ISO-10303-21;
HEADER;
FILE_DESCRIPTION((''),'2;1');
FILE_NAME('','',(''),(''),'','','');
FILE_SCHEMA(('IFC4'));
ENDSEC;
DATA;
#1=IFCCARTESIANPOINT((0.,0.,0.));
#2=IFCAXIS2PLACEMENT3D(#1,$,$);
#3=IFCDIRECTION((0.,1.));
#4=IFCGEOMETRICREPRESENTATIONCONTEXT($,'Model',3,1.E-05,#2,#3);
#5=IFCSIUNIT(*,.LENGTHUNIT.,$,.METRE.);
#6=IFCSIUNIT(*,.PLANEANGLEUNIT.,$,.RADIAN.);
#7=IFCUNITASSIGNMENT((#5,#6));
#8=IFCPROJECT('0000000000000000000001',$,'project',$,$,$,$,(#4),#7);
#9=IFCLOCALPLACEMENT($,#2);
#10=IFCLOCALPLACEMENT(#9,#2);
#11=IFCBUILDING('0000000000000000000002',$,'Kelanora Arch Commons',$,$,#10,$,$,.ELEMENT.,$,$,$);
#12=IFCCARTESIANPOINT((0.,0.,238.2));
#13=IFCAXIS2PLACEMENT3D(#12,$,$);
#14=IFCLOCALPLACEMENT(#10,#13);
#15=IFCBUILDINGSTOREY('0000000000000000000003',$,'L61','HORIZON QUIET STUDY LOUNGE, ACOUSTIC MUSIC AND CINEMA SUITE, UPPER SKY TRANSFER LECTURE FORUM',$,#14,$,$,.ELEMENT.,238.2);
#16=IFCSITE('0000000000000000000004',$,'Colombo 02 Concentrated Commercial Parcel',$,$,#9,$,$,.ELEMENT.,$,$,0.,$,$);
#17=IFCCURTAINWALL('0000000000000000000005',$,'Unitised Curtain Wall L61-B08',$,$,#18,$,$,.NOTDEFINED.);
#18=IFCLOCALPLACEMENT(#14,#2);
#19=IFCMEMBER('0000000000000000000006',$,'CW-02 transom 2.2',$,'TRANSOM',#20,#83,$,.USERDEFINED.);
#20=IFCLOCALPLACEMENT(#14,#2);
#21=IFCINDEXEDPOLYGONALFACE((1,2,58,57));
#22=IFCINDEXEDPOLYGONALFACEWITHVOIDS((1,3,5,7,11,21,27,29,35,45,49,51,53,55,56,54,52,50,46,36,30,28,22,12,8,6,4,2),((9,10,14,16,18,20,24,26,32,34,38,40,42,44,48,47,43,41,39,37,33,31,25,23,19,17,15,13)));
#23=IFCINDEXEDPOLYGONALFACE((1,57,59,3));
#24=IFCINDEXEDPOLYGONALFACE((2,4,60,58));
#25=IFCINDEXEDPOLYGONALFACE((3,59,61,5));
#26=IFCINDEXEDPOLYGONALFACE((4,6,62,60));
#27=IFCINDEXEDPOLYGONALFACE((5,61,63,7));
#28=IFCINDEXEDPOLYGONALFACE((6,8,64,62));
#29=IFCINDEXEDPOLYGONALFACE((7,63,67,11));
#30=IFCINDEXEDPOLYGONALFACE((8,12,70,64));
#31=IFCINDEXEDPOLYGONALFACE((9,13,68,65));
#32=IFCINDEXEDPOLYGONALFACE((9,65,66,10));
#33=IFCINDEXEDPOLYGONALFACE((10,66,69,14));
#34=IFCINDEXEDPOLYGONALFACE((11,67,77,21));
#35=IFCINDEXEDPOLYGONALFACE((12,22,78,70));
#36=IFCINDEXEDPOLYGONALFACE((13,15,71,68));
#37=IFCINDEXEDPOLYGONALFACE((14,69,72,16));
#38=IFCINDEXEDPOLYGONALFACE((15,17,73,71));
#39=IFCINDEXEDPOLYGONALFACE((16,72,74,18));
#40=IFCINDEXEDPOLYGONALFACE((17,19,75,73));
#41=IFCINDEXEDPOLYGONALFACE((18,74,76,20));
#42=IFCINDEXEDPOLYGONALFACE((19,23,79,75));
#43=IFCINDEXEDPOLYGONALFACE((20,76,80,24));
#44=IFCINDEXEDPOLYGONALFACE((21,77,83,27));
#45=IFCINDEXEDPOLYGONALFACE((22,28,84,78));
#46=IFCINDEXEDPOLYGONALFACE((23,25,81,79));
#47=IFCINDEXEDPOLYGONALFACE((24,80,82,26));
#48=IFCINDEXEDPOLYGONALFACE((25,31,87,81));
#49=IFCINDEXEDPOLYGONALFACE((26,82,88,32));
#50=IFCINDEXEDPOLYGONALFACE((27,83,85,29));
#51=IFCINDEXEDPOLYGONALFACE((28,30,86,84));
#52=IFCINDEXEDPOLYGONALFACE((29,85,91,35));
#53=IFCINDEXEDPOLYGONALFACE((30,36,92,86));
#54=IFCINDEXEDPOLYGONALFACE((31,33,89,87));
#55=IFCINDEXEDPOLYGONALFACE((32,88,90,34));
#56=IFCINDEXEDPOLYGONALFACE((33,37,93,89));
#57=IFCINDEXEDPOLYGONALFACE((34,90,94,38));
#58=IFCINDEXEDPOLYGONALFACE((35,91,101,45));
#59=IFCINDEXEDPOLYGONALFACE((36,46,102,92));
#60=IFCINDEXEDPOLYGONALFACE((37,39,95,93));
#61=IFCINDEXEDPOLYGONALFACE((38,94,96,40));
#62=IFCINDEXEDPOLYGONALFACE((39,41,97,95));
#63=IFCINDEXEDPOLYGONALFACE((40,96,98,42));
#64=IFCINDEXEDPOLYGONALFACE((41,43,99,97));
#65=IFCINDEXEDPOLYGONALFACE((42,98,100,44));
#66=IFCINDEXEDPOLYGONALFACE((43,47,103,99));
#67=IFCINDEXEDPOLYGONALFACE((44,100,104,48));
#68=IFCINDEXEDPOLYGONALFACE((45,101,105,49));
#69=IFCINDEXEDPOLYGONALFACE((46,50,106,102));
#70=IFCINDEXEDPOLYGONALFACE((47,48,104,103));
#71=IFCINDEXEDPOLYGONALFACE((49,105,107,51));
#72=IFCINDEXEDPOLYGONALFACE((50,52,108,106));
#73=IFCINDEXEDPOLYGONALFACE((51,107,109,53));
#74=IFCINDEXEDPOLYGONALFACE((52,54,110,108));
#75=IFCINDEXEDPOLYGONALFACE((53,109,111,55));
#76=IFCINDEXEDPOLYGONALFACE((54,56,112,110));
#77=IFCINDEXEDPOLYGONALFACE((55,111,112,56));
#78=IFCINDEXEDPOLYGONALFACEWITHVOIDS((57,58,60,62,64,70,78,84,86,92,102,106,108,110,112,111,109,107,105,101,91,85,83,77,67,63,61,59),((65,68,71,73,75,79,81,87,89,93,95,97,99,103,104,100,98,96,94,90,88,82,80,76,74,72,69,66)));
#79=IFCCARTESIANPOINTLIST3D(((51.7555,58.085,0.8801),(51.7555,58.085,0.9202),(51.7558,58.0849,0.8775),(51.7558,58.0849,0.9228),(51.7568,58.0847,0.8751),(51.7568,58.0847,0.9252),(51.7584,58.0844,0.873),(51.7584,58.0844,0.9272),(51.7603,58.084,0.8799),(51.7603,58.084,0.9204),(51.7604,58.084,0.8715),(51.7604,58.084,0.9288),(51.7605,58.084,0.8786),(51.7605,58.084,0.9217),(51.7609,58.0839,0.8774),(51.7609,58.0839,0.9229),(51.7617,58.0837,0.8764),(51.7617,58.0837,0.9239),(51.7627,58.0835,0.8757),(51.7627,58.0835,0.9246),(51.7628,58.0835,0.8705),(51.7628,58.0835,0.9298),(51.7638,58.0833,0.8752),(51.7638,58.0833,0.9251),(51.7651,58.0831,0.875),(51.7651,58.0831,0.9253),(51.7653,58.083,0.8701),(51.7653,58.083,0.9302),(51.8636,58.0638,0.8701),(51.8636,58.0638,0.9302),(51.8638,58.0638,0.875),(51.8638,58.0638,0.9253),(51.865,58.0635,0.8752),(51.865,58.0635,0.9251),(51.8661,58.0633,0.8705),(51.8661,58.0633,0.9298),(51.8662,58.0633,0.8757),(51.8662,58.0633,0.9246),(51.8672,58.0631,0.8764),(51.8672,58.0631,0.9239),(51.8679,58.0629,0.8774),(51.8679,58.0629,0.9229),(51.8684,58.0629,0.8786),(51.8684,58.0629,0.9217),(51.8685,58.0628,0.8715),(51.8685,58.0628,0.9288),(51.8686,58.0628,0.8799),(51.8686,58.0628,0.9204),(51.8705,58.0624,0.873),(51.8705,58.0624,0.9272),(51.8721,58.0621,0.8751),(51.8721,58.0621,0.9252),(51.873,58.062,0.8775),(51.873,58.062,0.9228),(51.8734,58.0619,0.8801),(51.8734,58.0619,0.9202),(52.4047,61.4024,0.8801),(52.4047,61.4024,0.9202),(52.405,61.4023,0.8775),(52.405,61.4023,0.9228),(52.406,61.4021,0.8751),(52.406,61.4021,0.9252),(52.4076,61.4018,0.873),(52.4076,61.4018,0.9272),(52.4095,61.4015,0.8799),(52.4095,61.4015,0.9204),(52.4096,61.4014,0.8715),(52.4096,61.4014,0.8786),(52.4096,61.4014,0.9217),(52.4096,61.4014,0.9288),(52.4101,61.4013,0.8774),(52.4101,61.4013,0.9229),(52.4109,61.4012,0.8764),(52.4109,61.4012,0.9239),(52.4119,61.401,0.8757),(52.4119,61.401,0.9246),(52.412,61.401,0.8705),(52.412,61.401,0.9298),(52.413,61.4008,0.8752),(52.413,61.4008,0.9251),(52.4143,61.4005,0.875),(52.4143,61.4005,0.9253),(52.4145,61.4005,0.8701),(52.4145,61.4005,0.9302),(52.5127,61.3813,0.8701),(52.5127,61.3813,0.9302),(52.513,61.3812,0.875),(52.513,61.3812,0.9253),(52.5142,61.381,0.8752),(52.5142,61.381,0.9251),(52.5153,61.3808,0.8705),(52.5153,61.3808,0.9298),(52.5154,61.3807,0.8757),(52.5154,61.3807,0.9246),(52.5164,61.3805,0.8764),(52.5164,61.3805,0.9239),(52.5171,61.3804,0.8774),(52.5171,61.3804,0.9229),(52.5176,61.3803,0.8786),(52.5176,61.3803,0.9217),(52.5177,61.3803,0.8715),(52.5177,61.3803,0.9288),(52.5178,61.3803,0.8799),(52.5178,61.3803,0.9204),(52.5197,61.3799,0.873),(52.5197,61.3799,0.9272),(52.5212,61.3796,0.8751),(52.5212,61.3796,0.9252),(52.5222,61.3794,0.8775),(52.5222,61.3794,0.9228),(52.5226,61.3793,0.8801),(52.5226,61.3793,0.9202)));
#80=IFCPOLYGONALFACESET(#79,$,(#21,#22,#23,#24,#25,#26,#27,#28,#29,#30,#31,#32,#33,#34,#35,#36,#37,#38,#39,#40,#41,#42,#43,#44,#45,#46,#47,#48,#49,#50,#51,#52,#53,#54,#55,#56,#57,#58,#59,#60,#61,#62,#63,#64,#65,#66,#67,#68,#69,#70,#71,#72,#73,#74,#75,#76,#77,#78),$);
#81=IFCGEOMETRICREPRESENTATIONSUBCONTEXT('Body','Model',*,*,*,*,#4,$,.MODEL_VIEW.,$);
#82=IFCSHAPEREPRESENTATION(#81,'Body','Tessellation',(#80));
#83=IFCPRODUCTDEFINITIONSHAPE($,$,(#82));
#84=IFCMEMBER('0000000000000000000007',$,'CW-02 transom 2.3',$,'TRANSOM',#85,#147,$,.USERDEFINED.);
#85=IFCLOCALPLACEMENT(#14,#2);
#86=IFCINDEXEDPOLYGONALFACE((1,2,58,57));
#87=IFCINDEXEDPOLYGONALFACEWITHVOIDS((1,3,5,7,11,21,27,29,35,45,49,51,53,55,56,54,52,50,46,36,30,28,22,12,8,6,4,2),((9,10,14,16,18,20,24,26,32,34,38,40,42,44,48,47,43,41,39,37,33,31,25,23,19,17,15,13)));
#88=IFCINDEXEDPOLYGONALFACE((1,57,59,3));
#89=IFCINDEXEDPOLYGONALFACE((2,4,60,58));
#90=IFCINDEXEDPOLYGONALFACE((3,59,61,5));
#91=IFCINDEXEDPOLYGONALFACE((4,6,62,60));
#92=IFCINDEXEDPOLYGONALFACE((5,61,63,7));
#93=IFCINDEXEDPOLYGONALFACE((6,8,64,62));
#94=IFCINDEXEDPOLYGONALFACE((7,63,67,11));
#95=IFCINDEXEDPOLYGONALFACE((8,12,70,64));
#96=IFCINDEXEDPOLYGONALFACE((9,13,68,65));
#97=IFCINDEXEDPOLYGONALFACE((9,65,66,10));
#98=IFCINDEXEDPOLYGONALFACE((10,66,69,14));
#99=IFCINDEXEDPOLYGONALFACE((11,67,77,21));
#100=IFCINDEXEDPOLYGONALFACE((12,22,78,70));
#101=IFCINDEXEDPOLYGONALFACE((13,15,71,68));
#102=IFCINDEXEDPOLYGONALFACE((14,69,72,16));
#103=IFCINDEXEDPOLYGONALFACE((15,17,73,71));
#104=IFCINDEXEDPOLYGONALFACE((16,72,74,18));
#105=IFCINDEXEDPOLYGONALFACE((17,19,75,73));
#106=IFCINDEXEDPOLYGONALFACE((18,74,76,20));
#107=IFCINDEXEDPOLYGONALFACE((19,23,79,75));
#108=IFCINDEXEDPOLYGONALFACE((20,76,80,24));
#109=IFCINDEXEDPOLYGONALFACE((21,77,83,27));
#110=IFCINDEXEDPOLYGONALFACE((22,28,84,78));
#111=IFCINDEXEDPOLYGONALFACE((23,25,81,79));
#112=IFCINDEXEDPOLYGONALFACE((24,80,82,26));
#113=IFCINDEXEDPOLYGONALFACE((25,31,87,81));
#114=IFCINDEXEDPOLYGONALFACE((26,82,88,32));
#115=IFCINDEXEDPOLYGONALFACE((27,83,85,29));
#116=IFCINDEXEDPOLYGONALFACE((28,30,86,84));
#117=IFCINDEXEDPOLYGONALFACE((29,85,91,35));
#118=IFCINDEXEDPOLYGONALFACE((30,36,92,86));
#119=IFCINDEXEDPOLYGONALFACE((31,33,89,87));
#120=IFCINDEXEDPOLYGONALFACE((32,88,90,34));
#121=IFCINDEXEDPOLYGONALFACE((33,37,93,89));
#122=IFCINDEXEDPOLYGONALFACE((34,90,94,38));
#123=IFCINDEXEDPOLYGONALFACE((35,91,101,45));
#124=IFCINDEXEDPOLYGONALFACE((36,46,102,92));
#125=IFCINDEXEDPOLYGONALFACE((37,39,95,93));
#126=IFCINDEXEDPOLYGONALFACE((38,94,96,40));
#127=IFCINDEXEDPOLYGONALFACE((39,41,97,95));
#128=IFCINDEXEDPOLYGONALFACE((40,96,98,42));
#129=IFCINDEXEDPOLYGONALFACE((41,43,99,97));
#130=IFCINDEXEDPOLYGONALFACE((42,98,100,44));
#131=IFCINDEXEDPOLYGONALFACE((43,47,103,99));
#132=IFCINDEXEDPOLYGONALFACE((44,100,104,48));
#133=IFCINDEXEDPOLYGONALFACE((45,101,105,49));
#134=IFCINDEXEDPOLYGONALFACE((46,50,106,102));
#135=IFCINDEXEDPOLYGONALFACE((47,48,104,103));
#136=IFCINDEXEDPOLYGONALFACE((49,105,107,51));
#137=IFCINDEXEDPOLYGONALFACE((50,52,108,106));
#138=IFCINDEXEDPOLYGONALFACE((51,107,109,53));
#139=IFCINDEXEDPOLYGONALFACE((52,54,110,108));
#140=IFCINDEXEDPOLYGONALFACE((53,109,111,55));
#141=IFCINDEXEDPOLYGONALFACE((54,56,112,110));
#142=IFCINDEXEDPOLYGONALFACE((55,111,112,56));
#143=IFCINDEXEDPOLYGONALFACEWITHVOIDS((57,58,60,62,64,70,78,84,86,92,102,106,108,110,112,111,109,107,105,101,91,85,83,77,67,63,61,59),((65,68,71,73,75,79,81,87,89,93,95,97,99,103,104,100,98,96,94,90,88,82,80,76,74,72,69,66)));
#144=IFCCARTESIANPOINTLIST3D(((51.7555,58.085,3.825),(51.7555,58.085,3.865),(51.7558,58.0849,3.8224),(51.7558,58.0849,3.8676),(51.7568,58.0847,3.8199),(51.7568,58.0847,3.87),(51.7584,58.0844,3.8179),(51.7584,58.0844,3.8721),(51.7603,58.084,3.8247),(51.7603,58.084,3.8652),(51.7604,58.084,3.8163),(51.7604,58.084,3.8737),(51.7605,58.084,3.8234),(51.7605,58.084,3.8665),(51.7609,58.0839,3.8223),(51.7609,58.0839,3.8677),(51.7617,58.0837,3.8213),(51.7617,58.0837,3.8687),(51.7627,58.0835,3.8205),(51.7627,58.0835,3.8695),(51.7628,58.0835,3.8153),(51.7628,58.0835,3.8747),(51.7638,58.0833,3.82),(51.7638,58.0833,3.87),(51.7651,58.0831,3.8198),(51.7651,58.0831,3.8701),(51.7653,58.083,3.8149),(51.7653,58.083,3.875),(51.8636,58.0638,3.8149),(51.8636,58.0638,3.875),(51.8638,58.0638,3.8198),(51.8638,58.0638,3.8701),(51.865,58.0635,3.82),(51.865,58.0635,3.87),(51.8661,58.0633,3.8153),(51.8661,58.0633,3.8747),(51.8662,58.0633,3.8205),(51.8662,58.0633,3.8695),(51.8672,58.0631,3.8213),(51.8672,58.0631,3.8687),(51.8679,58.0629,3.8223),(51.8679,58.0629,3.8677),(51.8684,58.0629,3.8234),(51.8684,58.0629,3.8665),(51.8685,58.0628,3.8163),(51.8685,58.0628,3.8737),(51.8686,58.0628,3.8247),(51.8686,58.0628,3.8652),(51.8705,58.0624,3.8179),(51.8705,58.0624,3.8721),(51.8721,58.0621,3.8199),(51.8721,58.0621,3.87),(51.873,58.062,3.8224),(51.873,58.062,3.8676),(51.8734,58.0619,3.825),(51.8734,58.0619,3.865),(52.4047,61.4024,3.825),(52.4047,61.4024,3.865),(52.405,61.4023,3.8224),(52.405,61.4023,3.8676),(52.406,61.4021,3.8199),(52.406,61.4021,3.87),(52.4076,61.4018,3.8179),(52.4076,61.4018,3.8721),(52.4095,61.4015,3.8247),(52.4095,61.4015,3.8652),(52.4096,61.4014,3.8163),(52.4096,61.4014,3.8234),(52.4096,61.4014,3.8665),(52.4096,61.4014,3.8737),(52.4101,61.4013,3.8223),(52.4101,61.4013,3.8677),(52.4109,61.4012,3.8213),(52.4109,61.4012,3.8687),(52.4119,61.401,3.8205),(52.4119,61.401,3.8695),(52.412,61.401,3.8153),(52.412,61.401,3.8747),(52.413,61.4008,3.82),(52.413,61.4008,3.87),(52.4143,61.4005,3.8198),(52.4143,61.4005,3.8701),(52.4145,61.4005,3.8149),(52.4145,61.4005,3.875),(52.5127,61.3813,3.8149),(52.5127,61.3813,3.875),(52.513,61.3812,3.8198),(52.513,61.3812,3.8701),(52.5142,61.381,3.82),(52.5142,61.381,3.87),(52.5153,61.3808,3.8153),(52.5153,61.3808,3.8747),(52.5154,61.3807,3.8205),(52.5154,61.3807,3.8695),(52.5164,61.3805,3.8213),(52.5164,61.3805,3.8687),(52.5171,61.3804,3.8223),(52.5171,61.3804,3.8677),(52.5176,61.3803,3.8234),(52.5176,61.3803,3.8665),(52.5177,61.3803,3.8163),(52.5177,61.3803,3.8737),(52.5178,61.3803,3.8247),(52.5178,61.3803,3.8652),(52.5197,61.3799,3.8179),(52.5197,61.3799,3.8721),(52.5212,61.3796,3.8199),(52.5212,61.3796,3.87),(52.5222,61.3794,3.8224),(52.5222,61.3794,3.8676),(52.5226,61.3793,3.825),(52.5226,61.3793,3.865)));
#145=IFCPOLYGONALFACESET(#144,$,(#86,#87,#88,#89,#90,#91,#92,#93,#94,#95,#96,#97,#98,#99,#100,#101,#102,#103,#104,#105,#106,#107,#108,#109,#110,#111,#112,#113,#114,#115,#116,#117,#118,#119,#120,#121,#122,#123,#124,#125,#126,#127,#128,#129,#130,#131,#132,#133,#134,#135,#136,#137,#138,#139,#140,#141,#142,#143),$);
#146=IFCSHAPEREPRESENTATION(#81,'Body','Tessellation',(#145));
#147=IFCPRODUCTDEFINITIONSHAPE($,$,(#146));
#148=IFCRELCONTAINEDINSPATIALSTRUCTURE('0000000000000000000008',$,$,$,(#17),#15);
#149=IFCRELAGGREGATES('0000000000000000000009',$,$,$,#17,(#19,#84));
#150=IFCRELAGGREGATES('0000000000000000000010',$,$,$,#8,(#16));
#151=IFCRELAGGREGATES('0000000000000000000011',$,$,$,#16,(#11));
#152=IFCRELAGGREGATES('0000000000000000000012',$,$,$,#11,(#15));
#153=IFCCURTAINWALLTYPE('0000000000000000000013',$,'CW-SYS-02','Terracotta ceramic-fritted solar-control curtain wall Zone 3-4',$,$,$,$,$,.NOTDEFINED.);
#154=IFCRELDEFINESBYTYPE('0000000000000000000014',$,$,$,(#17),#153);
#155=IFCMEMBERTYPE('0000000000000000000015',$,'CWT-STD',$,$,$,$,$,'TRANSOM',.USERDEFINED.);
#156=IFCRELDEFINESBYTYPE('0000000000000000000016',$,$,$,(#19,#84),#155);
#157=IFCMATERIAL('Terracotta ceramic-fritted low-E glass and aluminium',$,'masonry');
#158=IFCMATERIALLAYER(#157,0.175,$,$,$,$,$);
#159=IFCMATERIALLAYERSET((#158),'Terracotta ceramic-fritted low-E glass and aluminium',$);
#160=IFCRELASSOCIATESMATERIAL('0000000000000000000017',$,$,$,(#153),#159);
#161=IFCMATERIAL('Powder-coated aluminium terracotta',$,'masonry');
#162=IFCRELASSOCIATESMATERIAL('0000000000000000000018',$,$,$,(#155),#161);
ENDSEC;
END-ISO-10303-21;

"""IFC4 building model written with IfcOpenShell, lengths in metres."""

from ifc_helpers import new_model, si_unit, direction, frame, origin, origin_2d, place, context, subcontext, project, spatial, hollow_rectangle, extrude, material, layer, layer_set, material_profile, profile_set, type_object, element, aggregate, save


model = new_model("IFC4")

# Units and contexts
model_context = context("Model", 3, precision=1e-05, world=origin(), true_north=direction((0.0, 1.0)))
body_context = subcontext(model_context, "Body", "Model", "MODEL_VIEW")
ifc_project = project(units=[si_unit("LENGTHUNIT", "METRE"), si_unit("PLANEANGLEUNIT", "RADIAN")], contexts=[model_context])

# Site, building, storey
site_placement = place(None, origin())
site = spatial("IfcSite", under=ifc_project, at=site_placement, Name="Colombo 02 Concentrated Commercial Parcel", CompositionType="ELEMENT", RefElevation=0.0)
building_placement = place(site_placement, origin())
building = spatial("IfcBuilding", under=site, at=building_placement, Name="Kelanora Arch Commons", CompositionType="ELEMENT")
storey_placement = place(building_placement, frame((0.0, 0.0, 238.2)))
storey = spatial("IfcBuildingStorey", under=building, at=storey_placement, Name="L61", Description="HORIZON QUIET STUDY LOUNGE, ACOUSTIC MUSIC AND CINEMA SUITE, UPPER SKY TRANSFER LECTURE FORUM", CompositionType="ELEMENT", Elevation=238.2)

# Curtain wall, members
ifc_material_1 = material(Name="Terracotta ceramic-fritted low-E glass and aluminium", Category="masonry")
ifc_layer_1 = layer(ifc_material_1, 0.175)
ifc_layer_set_1 = layer_set([ifc_layer_1], Name="Terracotta ceramic-fritted low-E glass and aluminium")
curtain_wall_type = type_object("IfcCurtainWallType", Name="CW-SYS-02", Description="Terracotta ceramic-fritted solar-control curtain wall Zone 3-4", PredefinedType="NOTDEFINED", material=ifc_layer_set_1)
curtain_wall_placement = place(storey_placement, origin())
curtain_wall = element("IfcCurtainWall", 1, at=curtain_wall_placement, inside=storey, type_object=curtain_wall_type, Name="Unitised Curtain Wall L61-B08", PredefinedType="NOTDEFINED")
ifc_material_2 = material(Name="Powder-coated aluminium terracotta", Category="masonry")
ifc_material_profile_1 = material_profile(ifc_material_2, hollow_rectangle(XDim=0.1201, YDim=0.0601, WallThickness=0.0049, InnerFilletRadius=0.0049, OuterFilletRadius=0.01, at=origin_2d()), Name="CWT120x60")
ifc_profile_set_1 = profile_set([ifc_material_profile_1], Name="Powder-coated aluminium terracotta")
member_type_1 = type_object("IfcMemberType", Name="CWT-STD", ElementType="TRANSOM", PredefinedType="USERDEFINED", material=ifc_profile_set_1)
member_1_placement = place(storey_placement, frame((52.4636, 61.3909, 0.9001), z_axis=(-0.192045, -0.981386, 0.0), x_axis=(0.981386, -0.192045, 0.0)))
member_1 = element("IfcMember", 2, at=member_1_placement, type_object=member_type_1, Name="CW-02 transom 2.2", ObjectType="TRANSOM", PredefinedType="USERDEFINED", context=body_context, shape_type="SweptSolid", body=[
    extrude(hollow_rectangle(XDim=0.1201, YDim=0.0601, WallThickness=0.0049, InnerFilletRadius=0.0049, OuterFilletRadius=0.01, at=origin_2d()), origin(), (0.0, 0.0, 1.0), 3.3804),
])
member_2_placement = place(storey_placement, frame((52.4636, 61.3909, 3.845), z_axis=(-0.192045, -0.981386, 0.0), x_axis=(0.981386, -0.192045, 0.0)))
member_2 = element("IfcMember", 3, at=member_2_placement, type_object=member_type_1, Name="CW-02 transom 2.3", ObjectType="TRANSOM", PredefinedType="USERDEFINED", context=body_context, shape_type="SweptSolid", body=[
    extrude(hollow_rectangle(XDim=0.1201, YDim=0.0601, WallThickness=0.0049, InnerFilletRadius=0.0049, OuterFilletRadius=0.01, at=origin_2d()), origin(), (0.0, 0.0, 1.0), 3.3804),
])
aggregate(curtain_wall, [member_1, member_2])

save(model, "model.ifc")
